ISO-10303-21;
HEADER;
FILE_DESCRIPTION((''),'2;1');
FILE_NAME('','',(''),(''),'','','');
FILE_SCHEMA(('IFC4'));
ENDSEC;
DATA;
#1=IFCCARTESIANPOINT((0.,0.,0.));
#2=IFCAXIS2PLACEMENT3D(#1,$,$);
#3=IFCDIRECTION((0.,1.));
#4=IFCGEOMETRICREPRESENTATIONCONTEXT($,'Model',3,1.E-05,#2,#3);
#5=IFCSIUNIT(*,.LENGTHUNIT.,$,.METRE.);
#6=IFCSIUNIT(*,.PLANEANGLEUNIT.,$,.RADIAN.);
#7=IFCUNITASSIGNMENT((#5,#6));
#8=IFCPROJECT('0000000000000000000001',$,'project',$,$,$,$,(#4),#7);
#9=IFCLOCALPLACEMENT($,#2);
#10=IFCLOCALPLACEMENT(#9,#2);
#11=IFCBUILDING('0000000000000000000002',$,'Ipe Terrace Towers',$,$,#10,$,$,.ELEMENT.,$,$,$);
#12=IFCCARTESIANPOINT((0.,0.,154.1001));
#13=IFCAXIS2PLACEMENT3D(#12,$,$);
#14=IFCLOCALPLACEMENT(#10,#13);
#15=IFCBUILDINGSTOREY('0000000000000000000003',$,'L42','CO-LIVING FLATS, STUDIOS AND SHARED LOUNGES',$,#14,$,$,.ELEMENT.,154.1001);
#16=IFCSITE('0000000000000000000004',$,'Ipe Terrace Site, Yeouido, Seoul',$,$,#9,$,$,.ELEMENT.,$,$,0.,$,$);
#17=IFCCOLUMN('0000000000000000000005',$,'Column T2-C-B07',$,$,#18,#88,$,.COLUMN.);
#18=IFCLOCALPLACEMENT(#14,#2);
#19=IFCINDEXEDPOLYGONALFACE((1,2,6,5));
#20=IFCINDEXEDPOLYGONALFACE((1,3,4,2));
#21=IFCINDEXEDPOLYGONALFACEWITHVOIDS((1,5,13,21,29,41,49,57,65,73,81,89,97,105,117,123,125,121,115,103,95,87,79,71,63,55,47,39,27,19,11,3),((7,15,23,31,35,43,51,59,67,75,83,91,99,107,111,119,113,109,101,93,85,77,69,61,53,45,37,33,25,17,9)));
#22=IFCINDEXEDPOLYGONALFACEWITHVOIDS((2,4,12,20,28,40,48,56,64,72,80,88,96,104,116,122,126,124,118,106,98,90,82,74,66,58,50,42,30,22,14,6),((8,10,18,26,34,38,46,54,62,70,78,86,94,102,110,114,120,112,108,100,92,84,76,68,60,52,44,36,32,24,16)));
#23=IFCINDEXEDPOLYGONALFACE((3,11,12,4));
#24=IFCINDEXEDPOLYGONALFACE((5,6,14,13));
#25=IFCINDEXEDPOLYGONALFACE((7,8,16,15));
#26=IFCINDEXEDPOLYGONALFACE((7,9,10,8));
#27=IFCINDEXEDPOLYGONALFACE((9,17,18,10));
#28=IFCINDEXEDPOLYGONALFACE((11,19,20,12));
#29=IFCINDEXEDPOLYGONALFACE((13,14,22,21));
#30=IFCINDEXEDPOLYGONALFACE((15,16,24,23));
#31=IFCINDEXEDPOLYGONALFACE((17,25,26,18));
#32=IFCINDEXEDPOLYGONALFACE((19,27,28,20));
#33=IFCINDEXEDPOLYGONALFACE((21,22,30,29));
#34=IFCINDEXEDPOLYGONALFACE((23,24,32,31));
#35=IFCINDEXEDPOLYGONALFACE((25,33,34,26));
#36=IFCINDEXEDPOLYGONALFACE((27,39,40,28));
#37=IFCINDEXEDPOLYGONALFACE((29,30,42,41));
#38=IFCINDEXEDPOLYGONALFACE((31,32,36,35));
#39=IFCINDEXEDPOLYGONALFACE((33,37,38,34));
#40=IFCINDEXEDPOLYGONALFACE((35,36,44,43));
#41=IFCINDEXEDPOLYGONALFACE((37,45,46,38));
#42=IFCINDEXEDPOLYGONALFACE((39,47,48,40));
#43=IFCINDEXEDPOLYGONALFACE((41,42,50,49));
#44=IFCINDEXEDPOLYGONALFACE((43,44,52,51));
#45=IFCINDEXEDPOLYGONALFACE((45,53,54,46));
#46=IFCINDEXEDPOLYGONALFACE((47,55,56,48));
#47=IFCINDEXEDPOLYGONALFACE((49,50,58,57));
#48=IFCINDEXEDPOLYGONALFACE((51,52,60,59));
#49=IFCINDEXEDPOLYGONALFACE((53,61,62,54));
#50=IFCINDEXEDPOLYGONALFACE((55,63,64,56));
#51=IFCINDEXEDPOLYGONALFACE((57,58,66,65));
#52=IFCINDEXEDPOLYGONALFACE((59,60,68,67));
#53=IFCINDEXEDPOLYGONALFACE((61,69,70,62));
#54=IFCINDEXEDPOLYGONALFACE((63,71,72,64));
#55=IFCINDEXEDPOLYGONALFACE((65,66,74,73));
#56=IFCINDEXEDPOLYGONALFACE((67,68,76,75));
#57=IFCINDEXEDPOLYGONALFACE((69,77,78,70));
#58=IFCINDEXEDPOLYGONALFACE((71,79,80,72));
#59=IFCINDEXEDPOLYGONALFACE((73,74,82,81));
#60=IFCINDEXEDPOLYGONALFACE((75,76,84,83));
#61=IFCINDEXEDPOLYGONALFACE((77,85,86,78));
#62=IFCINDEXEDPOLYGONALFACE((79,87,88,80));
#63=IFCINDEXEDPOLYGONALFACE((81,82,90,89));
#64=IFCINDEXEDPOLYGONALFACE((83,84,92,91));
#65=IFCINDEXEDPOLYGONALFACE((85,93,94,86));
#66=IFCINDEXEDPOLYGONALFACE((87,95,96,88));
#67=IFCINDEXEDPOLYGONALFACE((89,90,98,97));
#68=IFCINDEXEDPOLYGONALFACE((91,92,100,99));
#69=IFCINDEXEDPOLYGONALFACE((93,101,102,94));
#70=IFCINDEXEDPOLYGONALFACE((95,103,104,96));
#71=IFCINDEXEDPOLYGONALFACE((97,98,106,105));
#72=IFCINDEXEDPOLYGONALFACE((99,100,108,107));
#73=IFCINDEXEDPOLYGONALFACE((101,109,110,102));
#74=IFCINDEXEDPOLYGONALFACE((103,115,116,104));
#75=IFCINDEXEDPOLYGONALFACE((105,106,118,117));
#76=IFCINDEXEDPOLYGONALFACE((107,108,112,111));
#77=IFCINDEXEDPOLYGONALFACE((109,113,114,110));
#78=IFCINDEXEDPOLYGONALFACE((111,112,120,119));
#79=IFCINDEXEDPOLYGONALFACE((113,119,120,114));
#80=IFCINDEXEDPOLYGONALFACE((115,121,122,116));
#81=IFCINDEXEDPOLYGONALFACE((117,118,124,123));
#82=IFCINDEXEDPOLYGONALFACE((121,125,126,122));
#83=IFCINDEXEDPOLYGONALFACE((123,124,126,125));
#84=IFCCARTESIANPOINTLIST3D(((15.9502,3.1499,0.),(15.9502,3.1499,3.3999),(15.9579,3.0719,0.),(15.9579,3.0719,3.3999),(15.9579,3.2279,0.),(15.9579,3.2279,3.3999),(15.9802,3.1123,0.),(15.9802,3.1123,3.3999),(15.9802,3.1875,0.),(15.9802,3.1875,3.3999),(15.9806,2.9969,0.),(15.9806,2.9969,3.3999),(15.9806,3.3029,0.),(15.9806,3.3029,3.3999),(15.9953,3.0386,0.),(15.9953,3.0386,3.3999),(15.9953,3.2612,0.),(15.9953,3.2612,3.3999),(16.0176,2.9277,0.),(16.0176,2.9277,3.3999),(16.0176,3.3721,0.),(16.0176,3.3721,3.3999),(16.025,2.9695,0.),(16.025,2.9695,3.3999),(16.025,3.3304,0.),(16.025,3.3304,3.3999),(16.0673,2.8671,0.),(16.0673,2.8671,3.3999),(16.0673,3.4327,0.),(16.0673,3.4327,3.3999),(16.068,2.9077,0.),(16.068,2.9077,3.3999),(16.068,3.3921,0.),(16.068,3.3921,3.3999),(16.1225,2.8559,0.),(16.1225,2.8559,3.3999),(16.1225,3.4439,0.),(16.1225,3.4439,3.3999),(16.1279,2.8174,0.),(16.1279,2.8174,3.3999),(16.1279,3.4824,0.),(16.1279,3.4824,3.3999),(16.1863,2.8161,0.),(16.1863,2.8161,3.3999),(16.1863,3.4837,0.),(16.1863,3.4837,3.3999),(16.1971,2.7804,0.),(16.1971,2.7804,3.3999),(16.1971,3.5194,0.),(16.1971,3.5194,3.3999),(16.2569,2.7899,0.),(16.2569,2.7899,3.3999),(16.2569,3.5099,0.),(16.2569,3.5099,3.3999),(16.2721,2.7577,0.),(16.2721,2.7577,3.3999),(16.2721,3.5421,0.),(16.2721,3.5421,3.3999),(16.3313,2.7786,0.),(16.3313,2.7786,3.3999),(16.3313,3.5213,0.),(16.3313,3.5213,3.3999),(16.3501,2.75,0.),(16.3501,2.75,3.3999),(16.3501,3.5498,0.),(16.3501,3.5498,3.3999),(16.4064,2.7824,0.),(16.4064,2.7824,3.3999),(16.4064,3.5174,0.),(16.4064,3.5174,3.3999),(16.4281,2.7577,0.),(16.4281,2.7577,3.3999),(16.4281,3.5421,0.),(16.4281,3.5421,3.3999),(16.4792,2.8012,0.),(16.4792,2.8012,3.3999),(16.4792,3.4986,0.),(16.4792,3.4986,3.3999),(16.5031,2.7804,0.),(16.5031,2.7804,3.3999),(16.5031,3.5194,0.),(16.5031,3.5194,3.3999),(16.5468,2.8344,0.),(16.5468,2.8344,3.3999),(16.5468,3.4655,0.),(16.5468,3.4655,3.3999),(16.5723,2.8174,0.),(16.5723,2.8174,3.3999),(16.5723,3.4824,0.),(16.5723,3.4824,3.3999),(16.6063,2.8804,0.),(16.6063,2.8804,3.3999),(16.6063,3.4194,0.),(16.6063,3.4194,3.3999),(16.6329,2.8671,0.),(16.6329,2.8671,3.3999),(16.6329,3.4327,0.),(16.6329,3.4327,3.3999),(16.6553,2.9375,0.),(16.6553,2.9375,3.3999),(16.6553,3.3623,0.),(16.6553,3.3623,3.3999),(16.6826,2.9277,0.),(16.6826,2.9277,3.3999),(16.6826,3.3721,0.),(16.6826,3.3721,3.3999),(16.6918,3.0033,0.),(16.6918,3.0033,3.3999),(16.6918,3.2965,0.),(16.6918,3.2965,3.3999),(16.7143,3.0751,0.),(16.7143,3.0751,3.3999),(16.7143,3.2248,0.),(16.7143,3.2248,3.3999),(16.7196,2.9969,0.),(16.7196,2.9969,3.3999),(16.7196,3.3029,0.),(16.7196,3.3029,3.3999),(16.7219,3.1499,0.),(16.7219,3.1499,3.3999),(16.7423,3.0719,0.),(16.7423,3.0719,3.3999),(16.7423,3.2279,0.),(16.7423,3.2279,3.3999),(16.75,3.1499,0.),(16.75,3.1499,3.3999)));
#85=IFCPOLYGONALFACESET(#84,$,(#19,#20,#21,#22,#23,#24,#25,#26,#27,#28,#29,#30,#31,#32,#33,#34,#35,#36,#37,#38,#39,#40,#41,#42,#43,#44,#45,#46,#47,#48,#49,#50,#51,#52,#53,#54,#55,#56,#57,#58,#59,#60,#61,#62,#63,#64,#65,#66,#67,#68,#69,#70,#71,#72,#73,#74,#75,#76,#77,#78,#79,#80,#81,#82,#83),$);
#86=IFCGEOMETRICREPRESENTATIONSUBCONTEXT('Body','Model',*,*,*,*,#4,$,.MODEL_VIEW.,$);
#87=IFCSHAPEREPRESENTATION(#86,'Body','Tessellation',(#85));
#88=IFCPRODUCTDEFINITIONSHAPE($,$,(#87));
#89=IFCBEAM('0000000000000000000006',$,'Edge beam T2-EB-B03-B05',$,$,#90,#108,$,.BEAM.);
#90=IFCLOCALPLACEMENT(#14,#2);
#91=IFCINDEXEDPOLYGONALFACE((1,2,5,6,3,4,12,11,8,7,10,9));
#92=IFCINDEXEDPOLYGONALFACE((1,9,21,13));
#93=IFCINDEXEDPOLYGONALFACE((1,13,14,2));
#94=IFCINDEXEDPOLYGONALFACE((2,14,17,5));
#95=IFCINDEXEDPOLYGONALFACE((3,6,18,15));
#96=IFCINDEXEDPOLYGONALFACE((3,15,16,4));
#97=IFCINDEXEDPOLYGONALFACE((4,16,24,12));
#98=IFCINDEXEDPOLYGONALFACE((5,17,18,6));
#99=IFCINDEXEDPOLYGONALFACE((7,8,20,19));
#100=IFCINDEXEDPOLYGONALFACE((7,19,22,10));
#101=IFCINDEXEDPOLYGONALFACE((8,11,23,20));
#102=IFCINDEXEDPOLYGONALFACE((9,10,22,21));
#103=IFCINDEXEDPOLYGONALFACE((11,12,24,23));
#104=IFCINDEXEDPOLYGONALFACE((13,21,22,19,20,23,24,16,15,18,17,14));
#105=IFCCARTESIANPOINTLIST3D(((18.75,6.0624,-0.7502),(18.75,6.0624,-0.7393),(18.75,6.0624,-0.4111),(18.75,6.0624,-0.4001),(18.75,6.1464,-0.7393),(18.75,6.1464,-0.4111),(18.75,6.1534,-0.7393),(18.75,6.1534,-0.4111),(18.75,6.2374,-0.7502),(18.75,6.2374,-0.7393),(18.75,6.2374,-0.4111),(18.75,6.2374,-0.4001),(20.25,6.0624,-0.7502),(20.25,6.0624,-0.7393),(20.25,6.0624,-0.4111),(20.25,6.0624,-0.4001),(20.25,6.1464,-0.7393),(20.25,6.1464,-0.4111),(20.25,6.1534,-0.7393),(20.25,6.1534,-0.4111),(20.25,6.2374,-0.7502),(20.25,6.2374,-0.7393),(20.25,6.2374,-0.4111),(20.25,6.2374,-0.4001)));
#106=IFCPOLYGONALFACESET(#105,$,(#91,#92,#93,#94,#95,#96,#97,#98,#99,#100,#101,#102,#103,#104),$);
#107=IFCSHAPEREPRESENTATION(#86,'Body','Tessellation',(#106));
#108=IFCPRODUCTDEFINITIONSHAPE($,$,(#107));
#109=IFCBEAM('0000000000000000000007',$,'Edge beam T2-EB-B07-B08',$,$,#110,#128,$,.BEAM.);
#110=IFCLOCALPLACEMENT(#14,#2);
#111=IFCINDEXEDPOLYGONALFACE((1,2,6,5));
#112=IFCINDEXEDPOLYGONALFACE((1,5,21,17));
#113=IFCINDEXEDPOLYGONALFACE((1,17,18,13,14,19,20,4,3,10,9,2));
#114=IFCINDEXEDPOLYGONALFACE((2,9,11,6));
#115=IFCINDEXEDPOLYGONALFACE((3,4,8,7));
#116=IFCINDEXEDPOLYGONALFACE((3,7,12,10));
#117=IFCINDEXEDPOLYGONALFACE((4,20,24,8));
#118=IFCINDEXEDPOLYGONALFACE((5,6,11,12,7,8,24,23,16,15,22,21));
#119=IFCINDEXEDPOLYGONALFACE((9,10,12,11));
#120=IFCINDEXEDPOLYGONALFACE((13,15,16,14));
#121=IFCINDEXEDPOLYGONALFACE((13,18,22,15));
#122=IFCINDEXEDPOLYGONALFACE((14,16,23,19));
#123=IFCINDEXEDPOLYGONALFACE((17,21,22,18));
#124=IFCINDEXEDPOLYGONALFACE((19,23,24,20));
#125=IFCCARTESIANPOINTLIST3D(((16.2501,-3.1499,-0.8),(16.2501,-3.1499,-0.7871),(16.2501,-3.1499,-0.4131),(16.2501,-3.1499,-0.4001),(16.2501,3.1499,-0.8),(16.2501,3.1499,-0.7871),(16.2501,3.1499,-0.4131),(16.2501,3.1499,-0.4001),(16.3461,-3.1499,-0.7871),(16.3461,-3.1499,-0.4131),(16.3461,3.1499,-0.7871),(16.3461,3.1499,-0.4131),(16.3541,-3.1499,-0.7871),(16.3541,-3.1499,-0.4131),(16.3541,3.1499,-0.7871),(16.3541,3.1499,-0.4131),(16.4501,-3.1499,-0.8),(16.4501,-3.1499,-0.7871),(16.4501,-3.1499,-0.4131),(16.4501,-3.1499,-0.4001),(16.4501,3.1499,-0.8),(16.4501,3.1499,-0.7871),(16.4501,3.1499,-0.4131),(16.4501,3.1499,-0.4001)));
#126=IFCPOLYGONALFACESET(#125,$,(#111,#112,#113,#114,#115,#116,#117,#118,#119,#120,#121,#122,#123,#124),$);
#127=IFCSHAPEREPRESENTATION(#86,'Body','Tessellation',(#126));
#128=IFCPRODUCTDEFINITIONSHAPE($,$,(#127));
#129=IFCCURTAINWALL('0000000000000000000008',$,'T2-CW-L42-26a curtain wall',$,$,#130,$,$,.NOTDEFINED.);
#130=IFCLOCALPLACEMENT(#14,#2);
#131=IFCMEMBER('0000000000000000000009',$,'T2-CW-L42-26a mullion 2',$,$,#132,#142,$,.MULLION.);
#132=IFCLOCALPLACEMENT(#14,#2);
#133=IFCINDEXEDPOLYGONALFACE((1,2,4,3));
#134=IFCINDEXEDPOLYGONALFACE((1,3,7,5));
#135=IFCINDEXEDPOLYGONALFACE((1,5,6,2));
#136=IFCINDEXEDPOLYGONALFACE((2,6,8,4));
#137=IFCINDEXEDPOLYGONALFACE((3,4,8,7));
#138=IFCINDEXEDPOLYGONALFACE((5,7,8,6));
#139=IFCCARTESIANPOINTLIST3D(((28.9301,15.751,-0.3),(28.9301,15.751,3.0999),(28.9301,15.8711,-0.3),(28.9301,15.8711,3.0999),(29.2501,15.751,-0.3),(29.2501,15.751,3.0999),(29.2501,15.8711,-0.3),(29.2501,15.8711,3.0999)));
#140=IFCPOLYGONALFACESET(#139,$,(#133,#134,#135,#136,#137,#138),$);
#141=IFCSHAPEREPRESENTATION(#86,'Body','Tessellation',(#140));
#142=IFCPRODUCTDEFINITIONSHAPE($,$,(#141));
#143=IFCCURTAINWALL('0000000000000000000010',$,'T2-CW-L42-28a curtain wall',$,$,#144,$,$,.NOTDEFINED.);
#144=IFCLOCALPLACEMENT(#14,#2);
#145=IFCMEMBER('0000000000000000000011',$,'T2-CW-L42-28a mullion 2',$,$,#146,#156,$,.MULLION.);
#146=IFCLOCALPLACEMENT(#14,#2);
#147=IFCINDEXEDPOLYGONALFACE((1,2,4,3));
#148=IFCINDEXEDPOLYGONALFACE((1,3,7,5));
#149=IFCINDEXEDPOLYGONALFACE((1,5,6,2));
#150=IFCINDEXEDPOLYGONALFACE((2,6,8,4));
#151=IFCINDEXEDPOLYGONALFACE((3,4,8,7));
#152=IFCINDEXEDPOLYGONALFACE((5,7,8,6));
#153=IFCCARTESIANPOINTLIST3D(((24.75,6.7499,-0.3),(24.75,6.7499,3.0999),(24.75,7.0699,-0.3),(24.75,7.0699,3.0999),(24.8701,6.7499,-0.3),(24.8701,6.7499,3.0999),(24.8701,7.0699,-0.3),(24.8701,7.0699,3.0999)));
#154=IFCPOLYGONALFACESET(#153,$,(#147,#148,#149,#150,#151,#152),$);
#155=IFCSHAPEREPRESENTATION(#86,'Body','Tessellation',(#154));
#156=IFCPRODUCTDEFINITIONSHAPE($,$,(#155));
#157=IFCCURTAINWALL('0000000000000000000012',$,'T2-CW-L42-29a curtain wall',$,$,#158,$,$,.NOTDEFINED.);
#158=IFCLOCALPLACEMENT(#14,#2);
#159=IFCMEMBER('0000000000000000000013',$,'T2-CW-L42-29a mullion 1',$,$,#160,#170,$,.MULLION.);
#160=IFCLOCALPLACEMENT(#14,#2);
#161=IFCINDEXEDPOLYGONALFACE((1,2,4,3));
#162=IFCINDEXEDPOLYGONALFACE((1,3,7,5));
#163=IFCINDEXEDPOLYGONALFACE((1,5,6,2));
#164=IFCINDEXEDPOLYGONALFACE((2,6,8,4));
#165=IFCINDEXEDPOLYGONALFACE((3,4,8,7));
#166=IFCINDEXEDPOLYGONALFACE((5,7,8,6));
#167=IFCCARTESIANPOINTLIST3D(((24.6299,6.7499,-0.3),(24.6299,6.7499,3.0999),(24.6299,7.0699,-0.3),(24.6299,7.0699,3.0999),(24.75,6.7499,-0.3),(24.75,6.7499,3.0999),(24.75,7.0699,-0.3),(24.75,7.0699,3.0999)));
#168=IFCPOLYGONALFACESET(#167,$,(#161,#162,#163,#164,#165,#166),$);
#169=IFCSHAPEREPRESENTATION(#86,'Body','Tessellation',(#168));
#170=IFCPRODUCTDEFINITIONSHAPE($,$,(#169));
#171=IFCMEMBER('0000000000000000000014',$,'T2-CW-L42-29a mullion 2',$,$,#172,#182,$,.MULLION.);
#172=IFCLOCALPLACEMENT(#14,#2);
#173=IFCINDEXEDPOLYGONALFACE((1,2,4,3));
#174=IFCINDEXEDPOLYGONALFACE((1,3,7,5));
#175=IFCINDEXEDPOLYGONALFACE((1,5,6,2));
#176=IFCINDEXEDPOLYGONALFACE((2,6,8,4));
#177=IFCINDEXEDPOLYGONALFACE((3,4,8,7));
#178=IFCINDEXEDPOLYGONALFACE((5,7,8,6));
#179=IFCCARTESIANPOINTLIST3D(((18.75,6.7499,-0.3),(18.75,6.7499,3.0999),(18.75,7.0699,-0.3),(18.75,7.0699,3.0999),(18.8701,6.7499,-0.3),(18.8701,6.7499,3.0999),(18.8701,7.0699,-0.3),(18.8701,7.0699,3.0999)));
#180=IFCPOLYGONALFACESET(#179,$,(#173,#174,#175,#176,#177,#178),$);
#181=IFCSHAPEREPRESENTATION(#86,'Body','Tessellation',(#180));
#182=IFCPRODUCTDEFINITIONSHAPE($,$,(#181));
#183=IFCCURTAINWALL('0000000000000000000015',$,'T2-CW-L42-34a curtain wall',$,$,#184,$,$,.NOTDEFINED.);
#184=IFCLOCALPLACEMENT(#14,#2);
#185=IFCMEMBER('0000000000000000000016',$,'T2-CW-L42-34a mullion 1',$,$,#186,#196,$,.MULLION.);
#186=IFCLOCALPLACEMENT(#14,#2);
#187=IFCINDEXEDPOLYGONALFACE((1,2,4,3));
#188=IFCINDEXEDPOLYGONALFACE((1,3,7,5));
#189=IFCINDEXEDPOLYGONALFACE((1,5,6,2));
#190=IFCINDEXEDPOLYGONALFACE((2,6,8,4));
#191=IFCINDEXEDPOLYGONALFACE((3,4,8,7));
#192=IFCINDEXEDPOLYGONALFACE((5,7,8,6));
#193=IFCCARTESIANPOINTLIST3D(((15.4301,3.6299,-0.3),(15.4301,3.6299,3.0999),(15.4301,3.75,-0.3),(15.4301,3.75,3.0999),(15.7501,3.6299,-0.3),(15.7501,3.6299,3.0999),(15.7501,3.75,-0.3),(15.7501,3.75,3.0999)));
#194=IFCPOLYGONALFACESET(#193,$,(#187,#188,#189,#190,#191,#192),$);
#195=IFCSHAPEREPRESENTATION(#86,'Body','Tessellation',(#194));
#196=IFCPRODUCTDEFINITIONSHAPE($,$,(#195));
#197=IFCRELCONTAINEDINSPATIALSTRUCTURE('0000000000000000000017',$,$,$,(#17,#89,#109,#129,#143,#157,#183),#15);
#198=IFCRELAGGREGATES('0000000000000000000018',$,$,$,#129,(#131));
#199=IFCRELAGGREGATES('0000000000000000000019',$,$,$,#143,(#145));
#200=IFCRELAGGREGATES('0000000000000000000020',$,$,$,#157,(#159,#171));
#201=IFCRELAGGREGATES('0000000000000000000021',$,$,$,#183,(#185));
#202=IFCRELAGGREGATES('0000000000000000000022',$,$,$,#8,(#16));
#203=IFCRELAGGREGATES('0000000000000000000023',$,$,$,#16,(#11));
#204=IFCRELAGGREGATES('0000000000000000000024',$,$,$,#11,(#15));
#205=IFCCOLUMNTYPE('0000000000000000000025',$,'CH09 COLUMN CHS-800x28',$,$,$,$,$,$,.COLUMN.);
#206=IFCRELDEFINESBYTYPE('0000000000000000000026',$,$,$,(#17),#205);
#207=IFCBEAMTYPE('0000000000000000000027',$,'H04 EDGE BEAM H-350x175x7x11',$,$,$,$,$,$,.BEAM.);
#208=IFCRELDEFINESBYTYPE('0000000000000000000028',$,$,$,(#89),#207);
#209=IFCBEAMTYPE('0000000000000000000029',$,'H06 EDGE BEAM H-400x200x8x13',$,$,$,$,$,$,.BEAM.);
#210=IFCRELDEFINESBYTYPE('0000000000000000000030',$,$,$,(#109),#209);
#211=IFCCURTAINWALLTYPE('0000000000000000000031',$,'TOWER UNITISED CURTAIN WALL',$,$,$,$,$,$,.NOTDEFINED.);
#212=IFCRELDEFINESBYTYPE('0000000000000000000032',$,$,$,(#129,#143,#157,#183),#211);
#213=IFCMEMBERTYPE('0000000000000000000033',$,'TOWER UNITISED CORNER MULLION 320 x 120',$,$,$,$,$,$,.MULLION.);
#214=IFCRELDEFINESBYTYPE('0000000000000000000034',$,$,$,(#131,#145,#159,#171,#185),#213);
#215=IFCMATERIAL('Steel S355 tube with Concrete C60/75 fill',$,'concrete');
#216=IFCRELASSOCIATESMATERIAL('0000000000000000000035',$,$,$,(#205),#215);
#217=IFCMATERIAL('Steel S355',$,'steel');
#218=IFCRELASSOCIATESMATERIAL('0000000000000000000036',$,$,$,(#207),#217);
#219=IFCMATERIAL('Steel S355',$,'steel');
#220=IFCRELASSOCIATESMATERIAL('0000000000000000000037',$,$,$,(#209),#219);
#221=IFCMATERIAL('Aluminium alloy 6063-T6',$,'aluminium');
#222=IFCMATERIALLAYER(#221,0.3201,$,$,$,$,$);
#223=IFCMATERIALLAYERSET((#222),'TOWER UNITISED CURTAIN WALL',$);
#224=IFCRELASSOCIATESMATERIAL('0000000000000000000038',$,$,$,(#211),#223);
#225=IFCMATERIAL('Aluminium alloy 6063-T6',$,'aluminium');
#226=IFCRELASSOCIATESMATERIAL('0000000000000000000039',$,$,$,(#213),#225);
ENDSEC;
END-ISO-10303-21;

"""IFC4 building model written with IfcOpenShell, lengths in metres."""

from ifc_helpers import new_model, si_unit, direction, frame, origin, origin_2d, place, context, subcontext, project, spatial, rectangle, hollow_circle, i_section, extrude, material, layer, layer_set, material_profile, profile_set, type_object, element, aggregate, save


model = new_model("IFC4")

# Units and contexts
model_context = context("Model", 3, precision=1e-05, world=origin(), true_north=direction((0.0, 1.0)))
body_context = subcontext(model_context, "Body", "Model", "MODEL_VIEW")
ifc_project = project(units=[si_unit("LENGTHUNIT", "METRE"), si_unit("PLANEANGLEUNIT", "RADIAN")], contexts=[model_context])

# Site, building, storey
site_placement = place(None, origin())
site = spatial("IfcSite", under=ifc_project, at=site_placement, Name="Ipe Terrace Site, Yeouido, Seoul", CompositionType="ELEMENT", RefElevation=0.0)
building_placement = place(site_placement, origin())
building = spatial("IfcBuilding", under=site, at=building_placement, Name="Ipe Terrace Towers", CompositionType="ELEMENT")
storey_placement = place(building_placement, frame((0.0, 0.0, 154.1001)))
storey = spatial("IfcBuildingStorey", under=building, at=storey_placement, Name="L42", Description="CO-LIVING FLATS, STUDIOS AND SHARED LOUNGES", CompositionType="ELEMENT", Elevation=154.1001)

# Column
ifc_material_1 = material(Name="Steel S355 tube with Concrete C60/75 fill", Category="concrete")
ifc_material_profile_1 = material_profile(ifc_material_1, hollow_circle(Radius=0.3999, WallThickness=0.0281, at=origin_2d()), Name="CHS-800x28")
ifc_profile_set_1 = profile_set([ifc_material_profile_1], Name="Steel S355 tube with Concrete C60/75 fill")
column_type = type_object("IfcColumnType", Name="CH09 COLUMN CHS-800x28", PredefinedType="COLUMN", material=ifc_profile_set_1)
for number, where, z_axis, x_axis, name in (
    (1, (16.3501, 3.1499, 0.0), (0.0, 0.0, 1.0), (1.0, 0.0, 0.0), "Column T2-C-B07"),
):
    element("IfcColumn", number, at=place(storey_placement, frame(where, z_axis=z_axis, x_axis=x_axis)), inside=storey, type_object=column_type, Name=name, PredefinedType="COLUMN", context=body_context, shape_type="SweptSolid", body=[
        extrude(hollow_circle(Radius=0.3999, WallThickness=0.0281, at=origin_2d()), origin(), (0.0, 0.0, 1.0), 3.3999),
    ])

# Beams
ifc_material_2 = material(Name="Steel S355", Category="steel")
ifc_material_profile_2 = material_profile(ifc_material_2, i_section(OverallWidth=0.175, OverallDepth=0.3501, WebThickness=0.0071, FlangeThickness=0.011, at=origin_2d()), Name="H-350x175x7x11")
ifc_profile_set_2 = profile_set([ifc_material_profile_2], Name="Steel S355")
beam_type_1 = type_object("IfcBeamType", Name="H04 EDGE BEAM H-350x175x7x11", PredefinedType="BEAM", material=ifc_profile_set_2)
beam_1_placement = place(storey_placement, frame((20.25, 6.1499, -0.5752), z_axis=(-1.0, 0.0, 0.0), x_axis=(0.0, -1.0, 0.0)))
element("IfcBeam", 2, at=beam_1_placement, inside=storey, type_object=beam_type_1, Name="Edge beam T2-EB-B03-B05", PredefinedType="BEAM", context=body_context, shape_type="SweptSolid", body=[
    extrude(i_section(OverallWidth=0.175, OverallDepth=0.3501, WebThickness=0.0071, FlangeThickness=0.011, at=origin_2d()), origin(), (0.0, 0.0, 1.0), 1.5),
])
ifc_material_3 = material(Name="Steel S355", Category="steel")
ifc_material_profile_3 = material_profile(ifc_material_3, i_section(OverallWidth=0.2, OverallDepth=0.3999, WebThickness=0.0081, FlangeThickness=0.0129, at=origin_2d()), Name="H-400x200x8x13")
ifc_profile_set_3 = profile_set([ifc_material_profile_3], Name="Steel S355")
beam_type_2 = type_object("IfcBeamType", Name="H06 EDGE BEAM H-400x200x8x13", PredefinedType="BEAM", material=ifc_profile_set_3)
beam_2_placement = place(storey_placement, frame((16.3501, 3.1499, -0.6001), z_axis=(0.0, -1.0, 0.0), x_axis=(1.0, 0.0, 0.0)))
element("IfcBeam", 3, at=beam_2_placement, inside=storey, type_object=beam_type_2, Name="Edge beam T2-EB-B07-B08", PredefinedType="BEAM", context=body_context, shape_type="SweptSolid", body=[
    extrude(i_section(OverallWidth=0.2, OverallDepth=0.3999, WebThickness=0.0081, FlangeThickness=0.0129, at=origin_2d()), origin(), (0.0, 0.0, 1.0), 6.2998),
])

# Curtain walls, members
ifc_material_4 = material(Name="Aluminium alloy 6063-T6", Category="aluminium")
ifc_layer_1 = layer(ifc_material_4, 0.3201)
ifc_layer_set_1 = layer_set([ifc_layer_1], Name="TOWER UNITISED CURTAIN WALL")
curtain_wall_type = type_object("IfcCurtainWallType", Name="TOWER UNITISED CURTAIN WALL", PredefinedType="NOTDEFINED", material=ifc_layer_set_1)
curtain_wall_1_placement = place(storey_placement, origin())
curtain_wall_1 = element("IfcCurtainWall", 4, at=curtain_wall_1_placement, inside=storey, type_object=curtain_wall_type, Name="T2-CW-L42-26a curtain wall", PredefinedType="NOTDEFINED")
ifc_material_5 = material(Name="Aluminium alloy 6063-T6", Category="aluminium")
ifc_material_profile_4 = material_profile(ifc_material_5, rectangle(XDim=0.3201, YDim=0.1201, at=origin_2d()), Name="TOWER UNITISED CORNER MULLION 320 x 120")
ifc_profile_set_4 = profile_set([ifc_material_profile_4], Name="Aluminium alloy 6063-T6")
member_type_1 = type_object("IfcMemberType", Name="TOWER UNITISED CORNER MULLION 320 x 120", PredefinedType="MULLION", material=ifc_profile_set_4)
member_1_placement = place(storey_placement, frame((29.0901, 15.811, -0.3), z_axis=(0.0, 0.0, 1.0), x_axis=(-1.0, 0.0, 0.0)))
member_1 = element("IfcMember", 5, at=member_1_placement, type_object=member_type_1, Name="T2-CW-L42-26a mullion 2", PredefinedType="MULLION", context=body_context, shape_type="SweptSolid", body=[
    extrude(rectangle(XDim=0.3201, YDim=0.1201, at=origin_2d()), origin(), (0.0, 0.0, 1.0), 3.3999),
])
aggregate(curtain_wall_1, [member_1])
curtain_wall_2_placement = place(storey_placement, origin())
curtain_wall_2 = element("IfcCurtainWall", 6, at=curtain_wall_2_placement, inside=storey, type_object=curtain_wall_type, Name="T2-CW-L42-28a curtain wall", PredefinedType="NOTDEFINED")
member_2_placement = place(storey_placement, frame((24.8101, 6.9099, -0.3), z_axis=(0.0, 0.0, 1.0), x_axis=(0.0, 1.0, 0.0)))
member_2 = element("IfcMember", 7, at=member_2_placement, type_object=member_type_1, Name="T2-CW-L42-28a mullion 2", PredefinedType="MULLION", context=body_context, shape_type="SweptSolid", body=[
    extrude(rectangle(XDim=0.3201, YDim=0.1201, at=origin_2d()), origin(), (0.0, 0.0, 1.0), 3.3999),
])

# Curtain walls, members
curtain_wall_3_placement = place(storey_placement, origin())
curtain_wall_3 = element("IfcCurtainWall", 8, at=curtain_wall_3_placement, inside=storey, type_object=curtain_wall_type, Name="T2-CW-L42-29a curtain wall", PredefinedType="NOTDEFINED")
member_3_placement = place(storey_placement, frame((24.6899, 6.9099, -0.3), z_axis=(0.0, 0.0, 1.0), x_axis=(0.0, 1.0, 0.0)))
member_3 = element("IfcMember", 9, at=member_3_placement, type_object=member_type_1, Name="T2-CW-L42-29a mullion 1", PredefinedType="MULLION", context=body_context, shape_type="SweptSolid", body=[
    extrude(rectangle(XDim=0.3201, YDim=0.1201, at=origin_2d()), origin(), (0.0, 0.0, 1.0), 3.3999),
])
member_4_placement = place(storey_placement, frame((18.8101, 6.9099, -0.3), z_axis=(0.0, 0.0, 1.0), x_axis=(0.0, 1.0, 0.0)))
member_4 = element("IfcMember", 10, at=member_4_placement, type_object=member_type_1, Name="T2-CW-L42-29a mullion 2", PredefinedType="MULLION", context=body_context, shape_type="SweptSolid", body=[
    extrude(rectangle(XDim=0.3201, YDim=0.1201, at=origin_2d()), origin(), (0.0, 0.0, 1.0), 3.3999),
])
curtain_wall_4_placement = place(storey_placement, origin())
curtain_wall_4 = element("IfcCurtainWall", 11, at=curtain_wall_4_placement, inside=storey, type_object=curtain_wall_type, Name="T2-CW-L42-34a curtain wall", PredefinedType="NOTDEFINED")
member_5_placement = place(storey_placement, frame((15.5901, 3.6899, -0.3), z_axis=(0.0, 0.0, 1.0), x_axis=(-1.0, 0.0, 0.0)))
member_5 = element("IfcMember", 12, at=member_5_placement, type_object=member_type_1, Name="T2-CW-L42-34a mullion 1", PredefinedType="MULLION", context=body_context, shape_type="SweptSolid", body=[
    extrude(rectangle(XDim=0.3201, YDim=0.1201, at=origin_2d()), origin(), (0.0, 0.0, 1.0), 3.3999),
])

aggregate(curtain_wall_2, [member_2])
aggregate(curtain_wall_3, [member_3, member_4])
aggregate(curtain_wall_4, [member_5])

save(model, "model.ifc")
